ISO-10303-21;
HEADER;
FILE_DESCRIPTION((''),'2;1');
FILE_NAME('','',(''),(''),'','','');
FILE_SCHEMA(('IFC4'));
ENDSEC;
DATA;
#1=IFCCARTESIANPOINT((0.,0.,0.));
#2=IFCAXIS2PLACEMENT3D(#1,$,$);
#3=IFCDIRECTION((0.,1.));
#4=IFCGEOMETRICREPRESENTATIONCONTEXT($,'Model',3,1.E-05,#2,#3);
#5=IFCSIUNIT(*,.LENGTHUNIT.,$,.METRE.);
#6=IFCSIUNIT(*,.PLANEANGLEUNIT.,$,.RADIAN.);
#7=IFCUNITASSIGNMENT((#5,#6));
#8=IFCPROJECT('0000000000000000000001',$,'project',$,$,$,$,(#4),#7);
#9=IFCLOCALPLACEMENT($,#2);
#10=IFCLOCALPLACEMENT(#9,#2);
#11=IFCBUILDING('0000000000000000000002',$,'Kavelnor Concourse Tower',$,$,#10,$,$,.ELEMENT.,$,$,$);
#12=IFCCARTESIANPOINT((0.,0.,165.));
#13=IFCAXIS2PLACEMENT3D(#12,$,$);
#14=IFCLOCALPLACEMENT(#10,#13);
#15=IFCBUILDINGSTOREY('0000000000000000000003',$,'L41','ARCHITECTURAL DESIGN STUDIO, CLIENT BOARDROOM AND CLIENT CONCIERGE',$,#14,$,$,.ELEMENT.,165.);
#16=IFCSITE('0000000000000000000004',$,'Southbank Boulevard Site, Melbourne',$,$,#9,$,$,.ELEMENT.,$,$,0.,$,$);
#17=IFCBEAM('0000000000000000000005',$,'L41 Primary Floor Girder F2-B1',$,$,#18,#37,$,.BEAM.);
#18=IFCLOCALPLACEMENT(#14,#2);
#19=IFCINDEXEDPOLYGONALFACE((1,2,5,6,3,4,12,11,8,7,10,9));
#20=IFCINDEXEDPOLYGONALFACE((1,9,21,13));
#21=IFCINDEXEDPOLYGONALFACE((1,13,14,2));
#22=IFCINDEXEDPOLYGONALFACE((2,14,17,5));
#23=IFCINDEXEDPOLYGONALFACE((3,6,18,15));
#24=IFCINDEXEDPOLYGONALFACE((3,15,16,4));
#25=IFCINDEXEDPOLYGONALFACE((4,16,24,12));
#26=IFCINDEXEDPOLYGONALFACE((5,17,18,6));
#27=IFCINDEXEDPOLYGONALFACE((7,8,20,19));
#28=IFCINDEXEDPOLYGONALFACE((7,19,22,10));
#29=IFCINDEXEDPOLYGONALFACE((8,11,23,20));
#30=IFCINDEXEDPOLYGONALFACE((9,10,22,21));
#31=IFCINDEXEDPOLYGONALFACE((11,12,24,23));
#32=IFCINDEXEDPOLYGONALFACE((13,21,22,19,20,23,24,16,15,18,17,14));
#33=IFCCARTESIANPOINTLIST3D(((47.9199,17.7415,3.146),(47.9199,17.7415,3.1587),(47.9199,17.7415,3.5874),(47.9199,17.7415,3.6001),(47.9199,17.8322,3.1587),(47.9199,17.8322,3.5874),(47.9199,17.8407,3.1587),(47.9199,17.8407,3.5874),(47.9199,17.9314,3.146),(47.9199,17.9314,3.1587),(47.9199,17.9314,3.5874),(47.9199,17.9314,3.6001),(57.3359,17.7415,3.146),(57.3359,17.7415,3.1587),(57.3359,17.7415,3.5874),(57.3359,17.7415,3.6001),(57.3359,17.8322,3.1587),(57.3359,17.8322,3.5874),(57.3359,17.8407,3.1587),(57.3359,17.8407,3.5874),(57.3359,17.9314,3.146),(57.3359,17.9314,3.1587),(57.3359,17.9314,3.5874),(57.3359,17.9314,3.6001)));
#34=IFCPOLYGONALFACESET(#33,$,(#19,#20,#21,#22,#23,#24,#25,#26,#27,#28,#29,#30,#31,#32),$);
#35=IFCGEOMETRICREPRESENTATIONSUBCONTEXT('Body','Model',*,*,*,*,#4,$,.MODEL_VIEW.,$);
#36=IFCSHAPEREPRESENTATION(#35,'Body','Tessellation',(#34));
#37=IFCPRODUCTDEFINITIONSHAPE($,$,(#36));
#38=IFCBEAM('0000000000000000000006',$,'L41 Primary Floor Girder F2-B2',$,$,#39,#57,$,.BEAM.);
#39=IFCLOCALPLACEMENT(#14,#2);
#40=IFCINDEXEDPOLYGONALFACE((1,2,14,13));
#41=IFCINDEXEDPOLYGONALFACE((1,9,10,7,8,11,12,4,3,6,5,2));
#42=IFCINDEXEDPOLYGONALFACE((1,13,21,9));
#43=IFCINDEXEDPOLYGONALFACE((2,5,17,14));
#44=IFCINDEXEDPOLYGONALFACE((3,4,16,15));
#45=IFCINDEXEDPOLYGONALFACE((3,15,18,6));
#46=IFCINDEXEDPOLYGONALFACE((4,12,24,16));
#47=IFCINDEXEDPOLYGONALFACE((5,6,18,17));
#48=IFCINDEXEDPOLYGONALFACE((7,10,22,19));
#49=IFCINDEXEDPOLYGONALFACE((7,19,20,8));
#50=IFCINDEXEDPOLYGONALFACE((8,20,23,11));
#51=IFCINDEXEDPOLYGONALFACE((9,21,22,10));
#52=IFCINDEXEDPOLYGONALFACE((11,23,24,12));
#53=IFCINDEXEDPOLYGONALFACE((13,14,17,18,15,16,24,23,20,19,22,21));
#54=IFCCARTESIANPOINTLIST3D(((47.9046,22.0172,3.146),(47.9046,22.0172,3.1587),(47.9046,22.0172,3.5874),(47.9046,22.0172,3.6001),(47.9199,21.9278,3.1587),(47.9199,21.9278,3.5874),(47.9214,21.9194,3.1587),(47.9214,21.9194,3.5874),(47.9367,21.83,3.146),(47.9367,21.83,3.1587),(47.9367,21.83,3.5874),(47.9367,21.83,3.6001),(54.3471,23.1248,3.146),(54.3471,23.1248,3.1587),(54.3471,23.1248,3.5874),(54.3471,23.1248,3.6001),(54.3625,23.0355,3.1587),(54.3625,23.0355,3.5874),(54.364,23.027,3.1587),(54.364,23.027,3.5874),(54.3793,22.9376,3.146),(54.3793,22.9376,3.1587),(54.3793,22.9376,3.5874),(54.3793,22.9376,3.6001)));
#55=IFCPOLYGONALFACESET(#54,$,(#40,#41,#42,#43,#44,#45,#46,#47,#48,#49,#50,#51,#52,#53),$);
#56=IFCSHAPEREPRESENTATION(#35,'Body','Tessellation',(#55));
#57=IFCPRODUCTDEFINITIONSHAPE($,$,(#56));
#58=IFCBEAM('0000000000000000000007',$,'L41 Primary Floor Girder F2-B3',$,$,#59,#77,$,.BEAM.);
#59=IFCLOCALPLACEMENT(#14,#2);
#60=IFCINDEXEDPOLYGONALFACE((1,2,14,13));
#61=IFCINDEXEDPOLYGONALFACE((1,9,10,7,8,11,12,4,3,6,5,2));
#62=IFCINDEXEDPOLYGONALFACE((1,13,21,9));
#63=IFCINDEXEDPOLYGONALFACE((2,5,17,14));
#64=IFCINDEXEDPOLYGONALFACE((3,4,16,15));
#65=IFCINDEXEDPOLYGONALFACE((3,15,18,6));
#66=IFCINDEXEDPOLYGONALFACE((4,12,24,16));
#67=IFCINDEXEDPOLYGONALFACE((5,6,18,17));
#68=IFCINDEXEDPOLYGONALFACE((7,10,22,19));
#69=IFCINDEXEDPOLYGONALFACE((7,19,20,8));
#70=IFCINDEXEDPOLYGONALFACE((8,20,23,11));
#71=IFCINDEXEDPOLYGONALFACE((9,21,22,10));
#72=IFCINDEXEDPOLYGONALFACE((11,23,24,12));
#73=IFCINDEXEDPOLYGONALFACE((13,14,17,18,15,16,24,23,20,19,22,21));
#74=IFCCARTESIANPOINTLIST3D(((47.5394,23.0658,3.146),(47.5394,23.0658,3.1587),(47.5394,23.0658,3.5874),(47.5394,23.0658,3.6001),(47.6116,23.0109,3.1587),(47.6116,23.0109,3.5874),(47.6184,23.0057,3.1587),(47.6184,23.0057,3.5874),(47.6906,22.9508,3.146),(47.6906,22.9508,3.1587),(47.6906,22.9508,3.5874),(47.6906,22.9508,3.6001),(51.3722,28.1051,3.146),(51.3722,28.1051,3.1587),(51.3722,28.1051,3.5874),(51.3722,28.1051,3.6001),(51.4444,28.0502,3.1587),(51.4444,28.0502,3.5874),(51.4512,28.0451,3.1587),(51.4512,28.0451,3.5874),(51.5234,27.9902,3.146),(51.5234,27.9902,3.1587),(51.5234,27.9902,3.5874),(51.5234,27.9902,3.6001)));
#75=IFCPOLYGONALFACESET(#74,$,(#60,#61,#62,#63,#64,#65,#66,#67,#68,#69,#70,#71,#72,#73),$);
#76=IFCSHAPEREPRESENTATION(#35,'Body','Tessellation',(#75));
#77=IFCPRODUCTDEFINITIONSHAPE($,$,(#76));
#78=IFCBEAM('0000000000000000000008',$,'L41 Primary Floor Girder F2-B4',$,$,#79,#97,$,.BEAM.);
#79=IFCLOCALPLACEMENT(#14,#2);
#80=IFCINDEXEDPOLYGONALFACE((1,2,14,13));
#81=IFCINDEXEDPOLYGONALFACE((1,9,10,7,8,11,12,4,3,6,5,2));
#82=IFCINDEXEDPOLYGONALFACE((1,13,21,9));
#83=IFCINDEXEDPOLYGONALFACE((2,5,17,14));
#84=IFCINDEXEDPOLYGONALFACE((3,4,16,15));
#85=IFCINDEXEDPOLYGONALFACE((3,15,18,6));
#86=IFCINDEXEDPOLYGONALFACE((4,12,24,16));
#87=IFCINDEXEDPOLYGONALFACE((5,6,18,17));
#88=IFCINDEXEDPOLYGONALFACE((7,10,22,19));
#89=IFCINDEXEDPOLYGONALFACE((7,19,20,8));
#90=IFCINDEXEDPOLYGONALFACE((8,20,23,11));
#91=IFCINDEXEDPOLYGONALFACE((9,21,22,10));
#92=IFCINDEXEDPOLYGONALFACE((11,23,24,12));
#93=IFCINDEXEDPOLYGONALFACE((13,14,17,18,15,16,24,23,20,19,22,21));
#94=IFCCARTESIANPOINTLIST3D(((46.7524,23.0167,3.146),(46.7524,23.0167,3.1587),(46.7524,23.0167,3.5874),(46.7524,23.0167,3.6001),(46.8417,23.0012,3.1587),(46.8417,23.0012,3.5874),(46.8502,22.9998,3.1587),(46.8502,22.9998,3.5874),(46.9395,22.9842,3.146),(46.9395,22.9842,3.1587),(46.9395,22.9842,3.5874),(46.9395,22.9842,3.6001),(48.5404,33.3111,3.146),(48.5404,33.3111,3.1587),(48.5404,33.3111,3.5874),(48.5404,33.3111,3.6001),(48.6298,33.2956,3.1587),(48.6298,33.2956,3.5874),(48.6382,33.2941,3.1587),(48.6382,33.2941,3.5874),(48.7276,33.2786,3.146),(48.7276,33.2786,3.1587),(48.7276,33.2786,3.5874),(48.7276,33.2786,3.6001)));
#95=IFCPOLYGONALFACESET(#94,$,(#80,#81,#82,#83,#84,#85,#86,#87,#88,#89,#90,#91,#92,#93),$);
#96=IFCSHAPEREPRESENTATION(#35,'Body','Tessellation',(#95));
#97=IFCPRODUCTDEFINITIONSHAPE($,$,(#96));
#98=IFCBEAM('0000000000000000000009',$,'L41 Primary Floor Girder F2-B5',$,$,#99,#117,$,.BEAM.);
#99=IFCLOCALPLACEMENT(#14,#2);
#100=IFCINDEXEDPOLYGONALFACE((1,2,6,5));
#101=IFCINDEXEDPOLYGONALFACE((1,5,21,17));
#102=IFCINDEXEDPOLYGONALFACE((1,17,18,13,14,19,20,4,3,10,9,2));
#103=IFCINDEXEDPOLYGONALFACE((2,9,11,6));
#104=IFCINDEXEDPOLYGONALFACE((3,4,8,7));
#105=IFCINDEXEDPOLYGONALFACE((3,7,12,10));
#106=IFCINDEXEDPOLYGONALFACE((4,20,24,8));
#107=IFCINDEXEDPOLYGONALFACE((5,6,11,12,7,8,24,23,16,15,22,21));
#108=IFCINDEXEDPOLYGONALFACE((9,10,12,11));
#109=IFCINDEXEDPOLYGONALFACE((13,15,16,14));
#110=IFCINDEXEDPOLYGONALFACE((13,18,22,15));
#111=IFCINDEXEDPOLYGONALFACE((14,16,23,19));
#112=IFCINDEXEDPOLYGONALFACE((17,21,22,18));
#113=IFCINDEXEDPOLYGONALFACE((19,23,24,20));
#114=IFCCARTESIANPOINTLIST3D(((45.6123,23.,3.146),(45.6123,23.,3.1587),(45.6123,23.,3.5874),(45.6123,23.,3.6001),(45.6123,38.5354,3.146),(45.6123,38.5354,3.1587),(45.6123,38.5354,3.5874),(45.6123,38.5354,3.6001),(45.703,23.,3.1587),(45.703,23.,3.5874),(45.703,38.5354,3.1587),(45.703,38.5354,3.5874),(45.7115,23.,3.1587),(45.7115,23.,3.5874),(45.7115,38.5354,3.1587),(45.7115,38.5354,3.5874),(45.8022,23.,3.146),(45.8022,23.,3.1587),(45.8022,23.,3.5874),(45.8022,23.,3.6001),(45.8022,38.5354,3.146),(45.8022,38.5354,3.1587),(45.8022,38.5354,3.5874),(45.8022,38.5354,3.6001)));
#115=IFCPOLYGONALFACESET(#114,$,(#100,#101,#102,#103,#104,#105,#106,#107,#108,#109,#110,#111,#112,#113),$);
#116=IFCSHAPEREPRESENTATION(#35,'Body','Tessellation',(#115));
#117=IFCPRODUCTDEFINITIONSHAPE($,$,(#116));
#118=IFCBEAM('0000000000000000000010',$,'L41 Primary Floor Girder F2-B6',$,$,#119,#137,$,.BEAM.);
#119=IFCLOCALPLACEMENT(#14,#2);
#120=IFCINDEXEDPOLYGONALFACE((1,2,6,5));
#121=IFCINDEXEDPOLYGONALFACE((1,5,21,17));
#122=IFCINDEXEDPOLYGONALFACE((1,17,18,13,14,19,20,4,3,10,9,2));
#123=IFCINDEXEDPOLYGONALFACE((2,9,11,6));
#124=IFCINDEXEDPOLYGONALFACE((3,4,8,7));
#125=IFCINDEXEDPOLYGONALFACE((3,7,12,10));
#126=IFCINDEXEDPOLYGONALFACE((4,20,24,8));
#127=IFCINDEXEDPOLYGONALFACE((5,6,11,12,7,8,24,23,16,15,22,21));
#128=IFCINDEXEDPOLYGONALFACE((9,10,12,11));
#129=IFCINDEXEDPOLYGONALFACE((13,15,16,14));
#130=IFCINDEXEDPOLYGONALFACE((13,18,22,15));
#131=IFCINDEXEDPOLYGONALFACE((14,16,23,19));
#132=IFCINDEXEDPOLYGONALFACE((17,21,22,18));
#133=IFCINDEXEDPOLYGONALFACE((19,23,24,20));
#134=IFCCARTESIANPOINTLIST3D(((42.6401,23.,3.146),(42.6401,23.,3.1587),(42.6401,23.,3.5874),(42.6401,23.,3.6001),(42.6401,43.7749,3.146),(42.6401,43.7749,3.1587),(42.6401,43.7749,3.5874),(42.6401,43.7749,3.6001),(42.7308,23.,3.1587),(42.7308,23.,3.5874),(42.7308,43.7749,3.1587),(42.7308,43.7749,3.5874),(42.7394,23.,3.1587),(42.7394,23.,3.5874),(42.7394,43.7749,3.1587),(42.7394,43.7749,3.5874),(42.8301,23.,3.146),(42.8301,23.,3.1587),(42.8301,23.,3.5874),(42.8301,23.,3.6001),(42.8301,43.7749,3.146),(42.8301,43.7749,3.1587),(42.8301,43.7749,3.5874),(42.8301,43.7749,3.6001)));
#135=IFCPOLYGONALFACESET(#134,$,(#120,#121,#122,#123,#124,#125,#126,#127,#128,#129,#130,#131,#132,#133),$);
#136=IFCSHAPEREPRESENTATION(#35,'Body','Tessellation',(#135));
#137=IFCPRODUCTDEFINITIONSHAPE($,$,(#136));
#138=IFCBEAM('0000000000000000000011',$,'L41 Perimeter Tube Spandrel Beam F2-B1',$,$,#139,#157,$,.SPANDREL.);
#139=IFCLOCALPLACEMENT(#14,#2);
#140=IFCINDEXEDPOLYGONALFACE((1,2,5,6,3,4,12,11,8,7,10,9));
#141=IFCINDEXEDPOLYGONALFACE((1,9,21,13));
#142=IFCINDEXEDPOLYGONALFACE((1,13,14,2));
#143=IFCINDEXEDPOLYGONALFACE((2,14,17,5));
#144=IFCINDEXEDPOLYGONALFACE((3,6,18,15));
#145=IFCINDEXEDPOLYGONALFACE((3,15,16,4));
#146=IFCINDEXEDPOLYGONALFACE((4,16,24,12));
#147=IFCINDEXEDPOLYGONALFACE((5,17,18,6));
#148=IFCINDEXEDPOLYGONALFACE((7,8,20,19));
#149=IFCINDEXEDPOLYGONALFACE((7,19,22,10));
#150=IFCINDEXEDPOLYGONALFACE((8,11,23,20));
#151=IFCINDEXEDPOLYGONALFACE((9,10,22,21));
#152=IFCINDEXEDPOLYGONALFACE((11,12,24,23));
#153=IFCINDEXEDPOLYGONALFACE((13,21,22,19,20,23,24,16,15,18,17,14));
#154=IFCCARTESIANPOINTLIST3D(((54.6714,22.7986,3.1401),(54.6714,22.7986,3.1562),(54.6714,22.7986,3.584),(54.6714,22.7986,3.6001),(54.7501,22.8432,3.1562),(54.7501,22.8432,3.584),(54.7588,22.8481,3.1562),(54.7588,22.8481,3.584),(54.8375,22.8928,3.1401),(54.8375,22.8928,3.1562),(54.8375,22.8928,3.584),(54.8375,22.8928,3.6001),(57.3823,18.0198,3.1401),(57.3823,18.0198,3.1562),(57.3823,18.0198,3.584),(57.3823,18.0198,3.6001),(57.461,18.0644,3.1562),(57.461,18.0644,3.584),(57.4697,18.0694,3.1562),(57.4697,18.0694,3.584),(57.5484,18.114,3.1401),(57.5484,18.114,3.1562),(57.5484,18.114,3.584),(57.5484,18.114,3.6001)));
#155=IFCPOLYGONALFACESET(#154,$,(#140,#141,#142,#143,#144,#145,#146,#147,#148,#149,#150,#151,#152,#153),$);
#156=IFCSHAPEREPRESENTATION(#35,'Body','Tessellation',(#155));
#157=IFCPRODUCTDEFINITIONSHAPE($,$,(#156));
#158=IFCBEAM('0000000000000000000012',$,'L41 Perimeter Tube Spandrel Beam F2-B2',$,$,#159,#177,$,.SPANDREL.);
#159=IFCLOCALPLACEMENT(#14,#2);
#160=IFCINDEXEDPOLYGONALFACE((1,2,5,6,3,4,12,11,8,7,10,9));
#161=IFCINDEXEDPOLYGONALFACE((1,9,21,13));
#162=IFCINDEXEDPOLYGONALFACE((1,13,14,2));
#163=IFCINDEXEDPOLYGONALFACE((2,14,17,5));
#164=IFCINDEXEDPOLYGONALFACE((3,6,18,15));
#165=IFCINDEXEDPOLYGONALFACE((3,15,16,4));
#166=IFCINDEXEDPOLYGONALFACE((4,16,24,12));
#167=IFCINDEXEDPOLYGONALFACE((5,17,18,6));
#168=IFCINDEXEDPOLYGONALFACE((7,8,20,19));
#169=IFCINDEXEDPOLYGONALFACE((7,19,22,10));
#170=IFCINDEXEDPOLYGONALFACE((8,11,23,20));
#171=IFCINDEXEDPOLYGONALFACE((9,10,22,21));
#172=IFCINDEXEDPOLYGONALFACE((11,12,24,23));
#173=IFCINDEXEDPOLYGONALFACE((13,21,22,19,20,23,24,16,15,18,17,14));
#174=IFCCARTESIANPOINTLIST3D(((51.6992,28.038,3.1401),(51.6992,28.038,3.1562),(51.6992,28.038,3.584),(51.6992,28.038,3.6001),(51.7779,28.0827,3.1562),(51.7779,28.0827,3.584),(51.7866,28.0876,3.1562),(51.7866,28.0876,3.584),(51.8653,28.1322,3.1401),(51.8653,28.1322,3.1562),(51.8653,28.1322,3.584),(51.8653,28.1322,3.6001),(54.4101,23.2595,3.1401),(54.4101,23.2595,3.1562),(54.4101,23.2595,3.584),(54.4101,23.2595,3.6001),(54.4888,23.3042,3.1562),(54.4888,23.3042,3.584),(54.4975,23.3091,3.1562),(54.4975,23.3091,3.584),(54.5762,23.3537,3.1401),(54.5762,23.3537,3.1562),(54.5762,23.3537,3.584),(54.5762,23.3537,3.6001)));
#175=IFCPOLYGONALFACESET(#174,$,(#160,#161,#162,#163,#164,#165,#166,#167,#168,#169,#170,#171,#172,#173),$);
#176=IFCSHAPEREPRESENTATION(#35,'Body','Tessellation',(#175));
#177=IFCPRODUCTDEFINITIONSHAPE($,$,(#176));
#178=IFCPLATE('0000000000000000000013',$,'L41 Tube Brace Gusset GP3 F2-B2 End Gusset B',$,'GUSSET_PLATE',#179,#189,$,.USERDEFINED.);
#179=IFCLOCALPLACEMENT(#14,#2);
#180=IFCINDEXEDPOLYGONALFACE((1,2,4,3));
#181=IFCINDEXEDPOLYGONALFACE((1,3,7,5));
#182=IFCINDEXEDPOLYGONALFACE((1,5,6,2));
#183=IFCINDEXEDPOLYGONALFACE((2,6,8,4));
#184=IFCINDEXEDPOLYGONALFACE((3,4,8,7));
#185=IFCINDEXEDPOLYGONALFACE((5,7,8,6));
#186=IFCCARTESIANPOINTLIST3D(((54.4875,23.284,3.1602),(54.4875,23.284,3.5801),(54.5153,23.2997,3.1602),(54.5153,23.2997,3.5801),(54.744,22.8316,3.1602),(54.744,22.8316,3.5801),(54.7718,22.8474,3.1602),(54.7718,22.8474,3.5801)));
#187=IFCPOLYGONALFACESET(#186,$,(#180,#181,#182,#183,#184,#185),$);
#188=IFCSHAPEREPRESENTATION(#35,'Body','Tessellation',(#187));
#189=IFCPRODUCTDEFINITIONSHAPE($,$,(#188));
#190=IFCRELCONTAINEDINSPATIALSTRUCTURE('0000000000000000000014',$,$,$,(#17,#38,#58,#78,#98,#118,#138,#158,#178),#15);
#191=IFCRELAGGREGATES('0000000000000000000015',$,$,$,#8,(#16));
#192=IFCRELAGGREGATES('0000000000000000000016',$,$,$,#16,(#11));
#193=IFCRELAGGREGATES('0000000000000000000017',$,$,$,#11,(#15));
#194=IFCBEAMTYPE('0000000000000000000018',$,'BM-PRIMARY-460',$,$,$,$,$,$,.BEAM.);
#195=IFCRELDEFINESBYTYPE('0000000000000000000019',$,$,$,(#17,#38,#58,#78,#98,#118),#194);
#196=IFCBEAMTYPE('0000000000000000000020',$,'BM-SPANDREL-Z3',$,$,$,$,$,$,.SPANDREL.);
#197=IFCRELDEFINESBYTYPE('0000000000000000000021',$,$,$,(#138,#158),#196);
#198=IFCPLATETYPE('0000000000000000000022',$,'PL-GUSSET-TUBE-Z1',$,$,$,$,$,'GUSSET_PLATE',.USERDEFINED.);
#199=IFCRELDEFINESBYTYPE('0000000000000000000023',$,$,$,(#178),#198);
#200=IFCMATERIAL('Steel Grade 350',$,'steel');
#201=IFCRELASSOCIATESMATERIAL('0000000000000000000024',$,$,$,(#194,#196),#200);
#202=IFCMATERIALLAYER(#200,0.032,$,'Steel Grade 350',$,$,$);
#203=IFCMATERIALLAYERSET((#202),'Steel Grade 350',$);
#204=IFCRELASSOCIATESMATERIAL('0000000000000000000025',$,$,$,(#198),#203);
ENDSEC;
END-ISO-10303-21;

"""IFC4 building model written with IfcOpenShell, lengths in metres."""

from ifc_helpers import new_model, si_unit, direction, frame, origin, origin_2d, place, context, subcontext, project, spatial, rectangle, i_section, extrude, material, layer, layer_set, material_profile, profile_set, type_object, element, save


model = new_model("IFC4")

# Units and contexts
model_context = context("Model", 3, precision=1e-05, world=origin(), true_north=direction((0.0, 1.0)))
body_context = subcontext(model_context, "Body", "Model", "MODEL_VIEW")
ifc_project = project(units=[si_unit("LENGTHUNIT", "METRE"), si_unit("PLANEANGLEUNIT", "RADIAN")], contexts=[model_context])

# Site, building, storey
site_placement = place(None, origin())
site = spatial("IfcSite", under=ifc_project, at=site_placement, Name="Southbank Boulevard Site, Melbourne", CompositionType="ELEMENT", RefElevation=0.0)
building_placement = place(site_placement, origin())
building = spatial("IfcBuilding", under=site, at=building_placement, Name="Kavelnor Concourse Tower", CompositionType="ELEMENT")
storey_placement = place(building_placement, frame((0.0, 0.0, 165.0)))
storey = spatial("IfcBuildingStorey", under=building, at=storey_placement, Name="L41", Description="ARCHITECTURAL DESIGN STUDIO, CLIENT BOARDROOM AND CLIENT CONCIERGE", CompositionType="ELEMENT", Elevation=165.0)

# Shared definitions
ifc_material_1 = material(Name="Steel Grade 350", Category="steel")

# Beams
ifc_material_profile_1 = material_profile(ifc_material_1, i_section(OverallWidth=0.1899, OverallDepth=0.4541, WebThickness=0.0085, FlangeThickness=0.0127, at=origin_2d()), Name="460UB67")
ifc_profile_set_1 = profile_set([ifc_material_profile_1], Name="Steel Grade 350")
beam_type_1 = type_object("IfcBeamType", Name="BM-PRIMARY-460", PredefinedType="BEAM", material=ifc_profile_set_1)
beam_1_placement = place(storey_placement, frame((47.9199, 17.8364, 3.373), z_axis=(1.0, 0.0, 0.0), x_axis=(0.0, 1.0, 0.0)))
element("IfcBeam", 1, at=beam_1_placement, inside=storey, type_object=beam_type_1, Name="L41 Primary Floor Girder F2-B1", PredefinedType="BEAM", context=body_context, shape_type="SweptSolid", body=[
    extrude(i_section(OverallWidth=0.1899, OverallDepth=0.4541, WebThickness=0.0085, FlangeThickness=0.0127, at=origin_2d()), origin(), (0.0, 0.0, 1.0), 9.416),
])
beam_2_placement = place(storey_placement, frame((47.9207, 21.9236, 3.373), z_axis=(0.98554, 0.169442, 0.0), x_axis=(-0.169442, 0.98554, 0.0)))
element("IfcBeam", 2, at=beam_2_placement, inside=storey, type_object=beam_type_1, Name="L41 Primary Floor Girder F2-B2", PredefinedType="BEAM", context=body_context, shape_type="SweptSolid", body=[
    extrude(i_section(OverallWidth=0.1899, OverallDepth=0.4541, WebThickness=0.0085, FlangeThickness=0.0127, at=origin_2d()), origin(), (0.0, 0.0, 1.0), 6.5371),
])
beam_3_placement = place(storey_placement, frame((47.615, 23.0083, 3.373), z_axis=(0.605373, 0.795942, 0.0), x_axis=(-0.795942, 0.605373, 0.0)))
element("IfcBeam", 3, at=beam_3_placement, inside=storey, type_object=beam_type_1, Name="L41 Primary Floor Girder F2-B3", PredefinedType="BEAM", context=body_context, shape_type="SweptSolid", body=[
    extrude(i_section(OverallWidth=0.1899, OverallDepth=0.4541, WebThickness=0.0085, FlangeThickness=0.0127, at=origin_2d()), origin(), (0.0, 0.0, 1.0), 6.3313),
])
beam_4_placement = place(storey_placement, frame((46.8459, 23.0005, 3.373), z_axis=(0.171132, 0.985248, 0.0), x_axis=(-0.985248, 0.171132, 0.0)))
element("IfcBeam", 4, at=beam_4_placement, inside=storey, type_object=beam_type_1, Name="L41 Primary Floor Girder F2-B4", PredefinedType="BEAM", context=body_context, shape_type="SweptSolid", body=[
    extrude(i_section(OverallWidth=0.1899, OverallDepth=0.4541, WebThickness=0.0085, FlangeThickness=0.0127, at=origin_2d()), origin(), (0.0, 0.0, 1.0), 10.4485),
])
beam_5_placement = place(storey_placement, frame((45.7073, 23.0, 3.373), z_axis=(0.0, 1.0, 0.0), x_axis=(-1.0, 0.0, 0.0)))
element("IfcBeam", 5, at=beam_5_placement, inside=storey, type_object=beam_type_1, Name="L41 Primary Floor Girder F2-B5", PredefinedType="BEAM", context=body_context, shape_type="SweptSolid", body=[
    extrude(i_section(OverallWidth=0.1899, OverallDepth=0.4541, WebThickness=0.0085, FlangeThickness=0.0127, at=origin_2d()), origin(), (0.0, 0.0, 1.0), 15.5354),
])
beam_6_placement = place(storey_placement, frame((42.7351, 23.0, 3.373), z_axis=(0.0, 1.0, 0.0), x_axis=(-1.0, 0.0, 0.0)))
element("IfcBeam", 6, at=beam_6_placement, inside=storey, type_object=beam_type_1, Name="L41 Primary Floor Girder F2-B6", PredefinedType="BEAM", context=body_context, shape_type="SweptSolid", body=[
    extrude(i_section(OverallWidth=0.1899, OverallDepth=0.4541, WebThickness=0.0085, FlangeThickness=0.0127, at=origin_2d()), origin(), (0.0, 0.0, 1.0), 20.7749),
])
ifc_material_profile_2 = material_profile(ifc_material_1, i_section(OverallWidth=0.1909, OverallDepth=0.46, WebThickness=0.01, FlangeThickness=0.0161, at=origin_2d()), Name="460UB82")
ifc_profile_set_2 = profile_set([ifc_material_profile_2], Name="Steel Grade 350")
beam_type_2 = type_object("IfcBeamType", Name="BM-SPANDREL-Z3", PredefinedType="SPANDREL", material=ifc_profile_set_2)
beam_7_placement = place(storey_placement, frame((57.4653, 18.0669, 3.3701), z_axis=(-0.493418, 0.869792, 0.0), x_axis=(-0.869792, -0.493418, 0.0)))
element("IfcBeam", 7, at=beam_7_placement, inside=storey, type_object=beam_type_2, Name="L41 Perimeter Tube Spandrel Beam F2-B1", PredefinedType="SPANDREL", context=body_context, shape_type="SweptSolid", body=[
    extrude(i_section(OverallWidth=0.1909, OverallDepth=0.46, WebThickness=0.01, FlangeThickness=0.0161, at=origin_2d()), origin(), (0.0, 0.0, 1.0), 5.4941),
])
beam_8_placement = place(storey_placement, frame((54.4932, 23.3066, 3.3701), z_axis=(-0.493437, 0.869781, 0.0), x_axis=(-0.869781, -0.493437, 0.0)))
element("IfcBeam", 8, at=beam_8_placement, inside=storey, type_object=beam_type_2, Name="L41 Perimeter Tube Spandrel Beam F2-B2", PredefinedType="SPANDREL", context=body_context, shape_type="SweptSolid", body=[
    extrude(i_section(OverallWidth=0.1909, OverallDepth=0.46, WebThickness=0.01, FlangeThickness=0.0161, at=origin_2d()), origin(), (0.0, 0.0, 1.0), 5.4939),
])

# Plate
ifc_layer_1 = layer(ifc_material_1, 0.032, Name="Steel Grade 350")
ifc_layer_set_1 = layer_set([ifc_layer_1], Name="Steel Grade 350")
plate_type = type_object("IfcPlateType", Name="PL-GUSSET-TUBE-Z1", ElementType="GUSSET_PLATE", PredefinedType="USERDEFINED", material=ifc_layer_set_1)
plate_placement = place(storey_placement, frame((54.6296, 23.0657, 3.1602), z_axis=(0.0, 0.0, 1.0), x_axis=(0.493335, -0.86984, 0.0)))
element("IfcPlate", 9, at=plate_placement, inside=storey, type_object=plate_type, Name="L41 Tube Brace Gusset GP3 F2-B2 End Gusset B", ObjectType="GUSSET_PLATE", PredefinedType="USERDEFINED", context=body_context, shape_type="SweptSolid", body=[
    extrude(rectangle(XDim=0.52, YDim=0.032, at=origin_2d()), origin(), (0.0, 0.0, 1.0), 0.4199),
])

save(model, "model.ifc")
